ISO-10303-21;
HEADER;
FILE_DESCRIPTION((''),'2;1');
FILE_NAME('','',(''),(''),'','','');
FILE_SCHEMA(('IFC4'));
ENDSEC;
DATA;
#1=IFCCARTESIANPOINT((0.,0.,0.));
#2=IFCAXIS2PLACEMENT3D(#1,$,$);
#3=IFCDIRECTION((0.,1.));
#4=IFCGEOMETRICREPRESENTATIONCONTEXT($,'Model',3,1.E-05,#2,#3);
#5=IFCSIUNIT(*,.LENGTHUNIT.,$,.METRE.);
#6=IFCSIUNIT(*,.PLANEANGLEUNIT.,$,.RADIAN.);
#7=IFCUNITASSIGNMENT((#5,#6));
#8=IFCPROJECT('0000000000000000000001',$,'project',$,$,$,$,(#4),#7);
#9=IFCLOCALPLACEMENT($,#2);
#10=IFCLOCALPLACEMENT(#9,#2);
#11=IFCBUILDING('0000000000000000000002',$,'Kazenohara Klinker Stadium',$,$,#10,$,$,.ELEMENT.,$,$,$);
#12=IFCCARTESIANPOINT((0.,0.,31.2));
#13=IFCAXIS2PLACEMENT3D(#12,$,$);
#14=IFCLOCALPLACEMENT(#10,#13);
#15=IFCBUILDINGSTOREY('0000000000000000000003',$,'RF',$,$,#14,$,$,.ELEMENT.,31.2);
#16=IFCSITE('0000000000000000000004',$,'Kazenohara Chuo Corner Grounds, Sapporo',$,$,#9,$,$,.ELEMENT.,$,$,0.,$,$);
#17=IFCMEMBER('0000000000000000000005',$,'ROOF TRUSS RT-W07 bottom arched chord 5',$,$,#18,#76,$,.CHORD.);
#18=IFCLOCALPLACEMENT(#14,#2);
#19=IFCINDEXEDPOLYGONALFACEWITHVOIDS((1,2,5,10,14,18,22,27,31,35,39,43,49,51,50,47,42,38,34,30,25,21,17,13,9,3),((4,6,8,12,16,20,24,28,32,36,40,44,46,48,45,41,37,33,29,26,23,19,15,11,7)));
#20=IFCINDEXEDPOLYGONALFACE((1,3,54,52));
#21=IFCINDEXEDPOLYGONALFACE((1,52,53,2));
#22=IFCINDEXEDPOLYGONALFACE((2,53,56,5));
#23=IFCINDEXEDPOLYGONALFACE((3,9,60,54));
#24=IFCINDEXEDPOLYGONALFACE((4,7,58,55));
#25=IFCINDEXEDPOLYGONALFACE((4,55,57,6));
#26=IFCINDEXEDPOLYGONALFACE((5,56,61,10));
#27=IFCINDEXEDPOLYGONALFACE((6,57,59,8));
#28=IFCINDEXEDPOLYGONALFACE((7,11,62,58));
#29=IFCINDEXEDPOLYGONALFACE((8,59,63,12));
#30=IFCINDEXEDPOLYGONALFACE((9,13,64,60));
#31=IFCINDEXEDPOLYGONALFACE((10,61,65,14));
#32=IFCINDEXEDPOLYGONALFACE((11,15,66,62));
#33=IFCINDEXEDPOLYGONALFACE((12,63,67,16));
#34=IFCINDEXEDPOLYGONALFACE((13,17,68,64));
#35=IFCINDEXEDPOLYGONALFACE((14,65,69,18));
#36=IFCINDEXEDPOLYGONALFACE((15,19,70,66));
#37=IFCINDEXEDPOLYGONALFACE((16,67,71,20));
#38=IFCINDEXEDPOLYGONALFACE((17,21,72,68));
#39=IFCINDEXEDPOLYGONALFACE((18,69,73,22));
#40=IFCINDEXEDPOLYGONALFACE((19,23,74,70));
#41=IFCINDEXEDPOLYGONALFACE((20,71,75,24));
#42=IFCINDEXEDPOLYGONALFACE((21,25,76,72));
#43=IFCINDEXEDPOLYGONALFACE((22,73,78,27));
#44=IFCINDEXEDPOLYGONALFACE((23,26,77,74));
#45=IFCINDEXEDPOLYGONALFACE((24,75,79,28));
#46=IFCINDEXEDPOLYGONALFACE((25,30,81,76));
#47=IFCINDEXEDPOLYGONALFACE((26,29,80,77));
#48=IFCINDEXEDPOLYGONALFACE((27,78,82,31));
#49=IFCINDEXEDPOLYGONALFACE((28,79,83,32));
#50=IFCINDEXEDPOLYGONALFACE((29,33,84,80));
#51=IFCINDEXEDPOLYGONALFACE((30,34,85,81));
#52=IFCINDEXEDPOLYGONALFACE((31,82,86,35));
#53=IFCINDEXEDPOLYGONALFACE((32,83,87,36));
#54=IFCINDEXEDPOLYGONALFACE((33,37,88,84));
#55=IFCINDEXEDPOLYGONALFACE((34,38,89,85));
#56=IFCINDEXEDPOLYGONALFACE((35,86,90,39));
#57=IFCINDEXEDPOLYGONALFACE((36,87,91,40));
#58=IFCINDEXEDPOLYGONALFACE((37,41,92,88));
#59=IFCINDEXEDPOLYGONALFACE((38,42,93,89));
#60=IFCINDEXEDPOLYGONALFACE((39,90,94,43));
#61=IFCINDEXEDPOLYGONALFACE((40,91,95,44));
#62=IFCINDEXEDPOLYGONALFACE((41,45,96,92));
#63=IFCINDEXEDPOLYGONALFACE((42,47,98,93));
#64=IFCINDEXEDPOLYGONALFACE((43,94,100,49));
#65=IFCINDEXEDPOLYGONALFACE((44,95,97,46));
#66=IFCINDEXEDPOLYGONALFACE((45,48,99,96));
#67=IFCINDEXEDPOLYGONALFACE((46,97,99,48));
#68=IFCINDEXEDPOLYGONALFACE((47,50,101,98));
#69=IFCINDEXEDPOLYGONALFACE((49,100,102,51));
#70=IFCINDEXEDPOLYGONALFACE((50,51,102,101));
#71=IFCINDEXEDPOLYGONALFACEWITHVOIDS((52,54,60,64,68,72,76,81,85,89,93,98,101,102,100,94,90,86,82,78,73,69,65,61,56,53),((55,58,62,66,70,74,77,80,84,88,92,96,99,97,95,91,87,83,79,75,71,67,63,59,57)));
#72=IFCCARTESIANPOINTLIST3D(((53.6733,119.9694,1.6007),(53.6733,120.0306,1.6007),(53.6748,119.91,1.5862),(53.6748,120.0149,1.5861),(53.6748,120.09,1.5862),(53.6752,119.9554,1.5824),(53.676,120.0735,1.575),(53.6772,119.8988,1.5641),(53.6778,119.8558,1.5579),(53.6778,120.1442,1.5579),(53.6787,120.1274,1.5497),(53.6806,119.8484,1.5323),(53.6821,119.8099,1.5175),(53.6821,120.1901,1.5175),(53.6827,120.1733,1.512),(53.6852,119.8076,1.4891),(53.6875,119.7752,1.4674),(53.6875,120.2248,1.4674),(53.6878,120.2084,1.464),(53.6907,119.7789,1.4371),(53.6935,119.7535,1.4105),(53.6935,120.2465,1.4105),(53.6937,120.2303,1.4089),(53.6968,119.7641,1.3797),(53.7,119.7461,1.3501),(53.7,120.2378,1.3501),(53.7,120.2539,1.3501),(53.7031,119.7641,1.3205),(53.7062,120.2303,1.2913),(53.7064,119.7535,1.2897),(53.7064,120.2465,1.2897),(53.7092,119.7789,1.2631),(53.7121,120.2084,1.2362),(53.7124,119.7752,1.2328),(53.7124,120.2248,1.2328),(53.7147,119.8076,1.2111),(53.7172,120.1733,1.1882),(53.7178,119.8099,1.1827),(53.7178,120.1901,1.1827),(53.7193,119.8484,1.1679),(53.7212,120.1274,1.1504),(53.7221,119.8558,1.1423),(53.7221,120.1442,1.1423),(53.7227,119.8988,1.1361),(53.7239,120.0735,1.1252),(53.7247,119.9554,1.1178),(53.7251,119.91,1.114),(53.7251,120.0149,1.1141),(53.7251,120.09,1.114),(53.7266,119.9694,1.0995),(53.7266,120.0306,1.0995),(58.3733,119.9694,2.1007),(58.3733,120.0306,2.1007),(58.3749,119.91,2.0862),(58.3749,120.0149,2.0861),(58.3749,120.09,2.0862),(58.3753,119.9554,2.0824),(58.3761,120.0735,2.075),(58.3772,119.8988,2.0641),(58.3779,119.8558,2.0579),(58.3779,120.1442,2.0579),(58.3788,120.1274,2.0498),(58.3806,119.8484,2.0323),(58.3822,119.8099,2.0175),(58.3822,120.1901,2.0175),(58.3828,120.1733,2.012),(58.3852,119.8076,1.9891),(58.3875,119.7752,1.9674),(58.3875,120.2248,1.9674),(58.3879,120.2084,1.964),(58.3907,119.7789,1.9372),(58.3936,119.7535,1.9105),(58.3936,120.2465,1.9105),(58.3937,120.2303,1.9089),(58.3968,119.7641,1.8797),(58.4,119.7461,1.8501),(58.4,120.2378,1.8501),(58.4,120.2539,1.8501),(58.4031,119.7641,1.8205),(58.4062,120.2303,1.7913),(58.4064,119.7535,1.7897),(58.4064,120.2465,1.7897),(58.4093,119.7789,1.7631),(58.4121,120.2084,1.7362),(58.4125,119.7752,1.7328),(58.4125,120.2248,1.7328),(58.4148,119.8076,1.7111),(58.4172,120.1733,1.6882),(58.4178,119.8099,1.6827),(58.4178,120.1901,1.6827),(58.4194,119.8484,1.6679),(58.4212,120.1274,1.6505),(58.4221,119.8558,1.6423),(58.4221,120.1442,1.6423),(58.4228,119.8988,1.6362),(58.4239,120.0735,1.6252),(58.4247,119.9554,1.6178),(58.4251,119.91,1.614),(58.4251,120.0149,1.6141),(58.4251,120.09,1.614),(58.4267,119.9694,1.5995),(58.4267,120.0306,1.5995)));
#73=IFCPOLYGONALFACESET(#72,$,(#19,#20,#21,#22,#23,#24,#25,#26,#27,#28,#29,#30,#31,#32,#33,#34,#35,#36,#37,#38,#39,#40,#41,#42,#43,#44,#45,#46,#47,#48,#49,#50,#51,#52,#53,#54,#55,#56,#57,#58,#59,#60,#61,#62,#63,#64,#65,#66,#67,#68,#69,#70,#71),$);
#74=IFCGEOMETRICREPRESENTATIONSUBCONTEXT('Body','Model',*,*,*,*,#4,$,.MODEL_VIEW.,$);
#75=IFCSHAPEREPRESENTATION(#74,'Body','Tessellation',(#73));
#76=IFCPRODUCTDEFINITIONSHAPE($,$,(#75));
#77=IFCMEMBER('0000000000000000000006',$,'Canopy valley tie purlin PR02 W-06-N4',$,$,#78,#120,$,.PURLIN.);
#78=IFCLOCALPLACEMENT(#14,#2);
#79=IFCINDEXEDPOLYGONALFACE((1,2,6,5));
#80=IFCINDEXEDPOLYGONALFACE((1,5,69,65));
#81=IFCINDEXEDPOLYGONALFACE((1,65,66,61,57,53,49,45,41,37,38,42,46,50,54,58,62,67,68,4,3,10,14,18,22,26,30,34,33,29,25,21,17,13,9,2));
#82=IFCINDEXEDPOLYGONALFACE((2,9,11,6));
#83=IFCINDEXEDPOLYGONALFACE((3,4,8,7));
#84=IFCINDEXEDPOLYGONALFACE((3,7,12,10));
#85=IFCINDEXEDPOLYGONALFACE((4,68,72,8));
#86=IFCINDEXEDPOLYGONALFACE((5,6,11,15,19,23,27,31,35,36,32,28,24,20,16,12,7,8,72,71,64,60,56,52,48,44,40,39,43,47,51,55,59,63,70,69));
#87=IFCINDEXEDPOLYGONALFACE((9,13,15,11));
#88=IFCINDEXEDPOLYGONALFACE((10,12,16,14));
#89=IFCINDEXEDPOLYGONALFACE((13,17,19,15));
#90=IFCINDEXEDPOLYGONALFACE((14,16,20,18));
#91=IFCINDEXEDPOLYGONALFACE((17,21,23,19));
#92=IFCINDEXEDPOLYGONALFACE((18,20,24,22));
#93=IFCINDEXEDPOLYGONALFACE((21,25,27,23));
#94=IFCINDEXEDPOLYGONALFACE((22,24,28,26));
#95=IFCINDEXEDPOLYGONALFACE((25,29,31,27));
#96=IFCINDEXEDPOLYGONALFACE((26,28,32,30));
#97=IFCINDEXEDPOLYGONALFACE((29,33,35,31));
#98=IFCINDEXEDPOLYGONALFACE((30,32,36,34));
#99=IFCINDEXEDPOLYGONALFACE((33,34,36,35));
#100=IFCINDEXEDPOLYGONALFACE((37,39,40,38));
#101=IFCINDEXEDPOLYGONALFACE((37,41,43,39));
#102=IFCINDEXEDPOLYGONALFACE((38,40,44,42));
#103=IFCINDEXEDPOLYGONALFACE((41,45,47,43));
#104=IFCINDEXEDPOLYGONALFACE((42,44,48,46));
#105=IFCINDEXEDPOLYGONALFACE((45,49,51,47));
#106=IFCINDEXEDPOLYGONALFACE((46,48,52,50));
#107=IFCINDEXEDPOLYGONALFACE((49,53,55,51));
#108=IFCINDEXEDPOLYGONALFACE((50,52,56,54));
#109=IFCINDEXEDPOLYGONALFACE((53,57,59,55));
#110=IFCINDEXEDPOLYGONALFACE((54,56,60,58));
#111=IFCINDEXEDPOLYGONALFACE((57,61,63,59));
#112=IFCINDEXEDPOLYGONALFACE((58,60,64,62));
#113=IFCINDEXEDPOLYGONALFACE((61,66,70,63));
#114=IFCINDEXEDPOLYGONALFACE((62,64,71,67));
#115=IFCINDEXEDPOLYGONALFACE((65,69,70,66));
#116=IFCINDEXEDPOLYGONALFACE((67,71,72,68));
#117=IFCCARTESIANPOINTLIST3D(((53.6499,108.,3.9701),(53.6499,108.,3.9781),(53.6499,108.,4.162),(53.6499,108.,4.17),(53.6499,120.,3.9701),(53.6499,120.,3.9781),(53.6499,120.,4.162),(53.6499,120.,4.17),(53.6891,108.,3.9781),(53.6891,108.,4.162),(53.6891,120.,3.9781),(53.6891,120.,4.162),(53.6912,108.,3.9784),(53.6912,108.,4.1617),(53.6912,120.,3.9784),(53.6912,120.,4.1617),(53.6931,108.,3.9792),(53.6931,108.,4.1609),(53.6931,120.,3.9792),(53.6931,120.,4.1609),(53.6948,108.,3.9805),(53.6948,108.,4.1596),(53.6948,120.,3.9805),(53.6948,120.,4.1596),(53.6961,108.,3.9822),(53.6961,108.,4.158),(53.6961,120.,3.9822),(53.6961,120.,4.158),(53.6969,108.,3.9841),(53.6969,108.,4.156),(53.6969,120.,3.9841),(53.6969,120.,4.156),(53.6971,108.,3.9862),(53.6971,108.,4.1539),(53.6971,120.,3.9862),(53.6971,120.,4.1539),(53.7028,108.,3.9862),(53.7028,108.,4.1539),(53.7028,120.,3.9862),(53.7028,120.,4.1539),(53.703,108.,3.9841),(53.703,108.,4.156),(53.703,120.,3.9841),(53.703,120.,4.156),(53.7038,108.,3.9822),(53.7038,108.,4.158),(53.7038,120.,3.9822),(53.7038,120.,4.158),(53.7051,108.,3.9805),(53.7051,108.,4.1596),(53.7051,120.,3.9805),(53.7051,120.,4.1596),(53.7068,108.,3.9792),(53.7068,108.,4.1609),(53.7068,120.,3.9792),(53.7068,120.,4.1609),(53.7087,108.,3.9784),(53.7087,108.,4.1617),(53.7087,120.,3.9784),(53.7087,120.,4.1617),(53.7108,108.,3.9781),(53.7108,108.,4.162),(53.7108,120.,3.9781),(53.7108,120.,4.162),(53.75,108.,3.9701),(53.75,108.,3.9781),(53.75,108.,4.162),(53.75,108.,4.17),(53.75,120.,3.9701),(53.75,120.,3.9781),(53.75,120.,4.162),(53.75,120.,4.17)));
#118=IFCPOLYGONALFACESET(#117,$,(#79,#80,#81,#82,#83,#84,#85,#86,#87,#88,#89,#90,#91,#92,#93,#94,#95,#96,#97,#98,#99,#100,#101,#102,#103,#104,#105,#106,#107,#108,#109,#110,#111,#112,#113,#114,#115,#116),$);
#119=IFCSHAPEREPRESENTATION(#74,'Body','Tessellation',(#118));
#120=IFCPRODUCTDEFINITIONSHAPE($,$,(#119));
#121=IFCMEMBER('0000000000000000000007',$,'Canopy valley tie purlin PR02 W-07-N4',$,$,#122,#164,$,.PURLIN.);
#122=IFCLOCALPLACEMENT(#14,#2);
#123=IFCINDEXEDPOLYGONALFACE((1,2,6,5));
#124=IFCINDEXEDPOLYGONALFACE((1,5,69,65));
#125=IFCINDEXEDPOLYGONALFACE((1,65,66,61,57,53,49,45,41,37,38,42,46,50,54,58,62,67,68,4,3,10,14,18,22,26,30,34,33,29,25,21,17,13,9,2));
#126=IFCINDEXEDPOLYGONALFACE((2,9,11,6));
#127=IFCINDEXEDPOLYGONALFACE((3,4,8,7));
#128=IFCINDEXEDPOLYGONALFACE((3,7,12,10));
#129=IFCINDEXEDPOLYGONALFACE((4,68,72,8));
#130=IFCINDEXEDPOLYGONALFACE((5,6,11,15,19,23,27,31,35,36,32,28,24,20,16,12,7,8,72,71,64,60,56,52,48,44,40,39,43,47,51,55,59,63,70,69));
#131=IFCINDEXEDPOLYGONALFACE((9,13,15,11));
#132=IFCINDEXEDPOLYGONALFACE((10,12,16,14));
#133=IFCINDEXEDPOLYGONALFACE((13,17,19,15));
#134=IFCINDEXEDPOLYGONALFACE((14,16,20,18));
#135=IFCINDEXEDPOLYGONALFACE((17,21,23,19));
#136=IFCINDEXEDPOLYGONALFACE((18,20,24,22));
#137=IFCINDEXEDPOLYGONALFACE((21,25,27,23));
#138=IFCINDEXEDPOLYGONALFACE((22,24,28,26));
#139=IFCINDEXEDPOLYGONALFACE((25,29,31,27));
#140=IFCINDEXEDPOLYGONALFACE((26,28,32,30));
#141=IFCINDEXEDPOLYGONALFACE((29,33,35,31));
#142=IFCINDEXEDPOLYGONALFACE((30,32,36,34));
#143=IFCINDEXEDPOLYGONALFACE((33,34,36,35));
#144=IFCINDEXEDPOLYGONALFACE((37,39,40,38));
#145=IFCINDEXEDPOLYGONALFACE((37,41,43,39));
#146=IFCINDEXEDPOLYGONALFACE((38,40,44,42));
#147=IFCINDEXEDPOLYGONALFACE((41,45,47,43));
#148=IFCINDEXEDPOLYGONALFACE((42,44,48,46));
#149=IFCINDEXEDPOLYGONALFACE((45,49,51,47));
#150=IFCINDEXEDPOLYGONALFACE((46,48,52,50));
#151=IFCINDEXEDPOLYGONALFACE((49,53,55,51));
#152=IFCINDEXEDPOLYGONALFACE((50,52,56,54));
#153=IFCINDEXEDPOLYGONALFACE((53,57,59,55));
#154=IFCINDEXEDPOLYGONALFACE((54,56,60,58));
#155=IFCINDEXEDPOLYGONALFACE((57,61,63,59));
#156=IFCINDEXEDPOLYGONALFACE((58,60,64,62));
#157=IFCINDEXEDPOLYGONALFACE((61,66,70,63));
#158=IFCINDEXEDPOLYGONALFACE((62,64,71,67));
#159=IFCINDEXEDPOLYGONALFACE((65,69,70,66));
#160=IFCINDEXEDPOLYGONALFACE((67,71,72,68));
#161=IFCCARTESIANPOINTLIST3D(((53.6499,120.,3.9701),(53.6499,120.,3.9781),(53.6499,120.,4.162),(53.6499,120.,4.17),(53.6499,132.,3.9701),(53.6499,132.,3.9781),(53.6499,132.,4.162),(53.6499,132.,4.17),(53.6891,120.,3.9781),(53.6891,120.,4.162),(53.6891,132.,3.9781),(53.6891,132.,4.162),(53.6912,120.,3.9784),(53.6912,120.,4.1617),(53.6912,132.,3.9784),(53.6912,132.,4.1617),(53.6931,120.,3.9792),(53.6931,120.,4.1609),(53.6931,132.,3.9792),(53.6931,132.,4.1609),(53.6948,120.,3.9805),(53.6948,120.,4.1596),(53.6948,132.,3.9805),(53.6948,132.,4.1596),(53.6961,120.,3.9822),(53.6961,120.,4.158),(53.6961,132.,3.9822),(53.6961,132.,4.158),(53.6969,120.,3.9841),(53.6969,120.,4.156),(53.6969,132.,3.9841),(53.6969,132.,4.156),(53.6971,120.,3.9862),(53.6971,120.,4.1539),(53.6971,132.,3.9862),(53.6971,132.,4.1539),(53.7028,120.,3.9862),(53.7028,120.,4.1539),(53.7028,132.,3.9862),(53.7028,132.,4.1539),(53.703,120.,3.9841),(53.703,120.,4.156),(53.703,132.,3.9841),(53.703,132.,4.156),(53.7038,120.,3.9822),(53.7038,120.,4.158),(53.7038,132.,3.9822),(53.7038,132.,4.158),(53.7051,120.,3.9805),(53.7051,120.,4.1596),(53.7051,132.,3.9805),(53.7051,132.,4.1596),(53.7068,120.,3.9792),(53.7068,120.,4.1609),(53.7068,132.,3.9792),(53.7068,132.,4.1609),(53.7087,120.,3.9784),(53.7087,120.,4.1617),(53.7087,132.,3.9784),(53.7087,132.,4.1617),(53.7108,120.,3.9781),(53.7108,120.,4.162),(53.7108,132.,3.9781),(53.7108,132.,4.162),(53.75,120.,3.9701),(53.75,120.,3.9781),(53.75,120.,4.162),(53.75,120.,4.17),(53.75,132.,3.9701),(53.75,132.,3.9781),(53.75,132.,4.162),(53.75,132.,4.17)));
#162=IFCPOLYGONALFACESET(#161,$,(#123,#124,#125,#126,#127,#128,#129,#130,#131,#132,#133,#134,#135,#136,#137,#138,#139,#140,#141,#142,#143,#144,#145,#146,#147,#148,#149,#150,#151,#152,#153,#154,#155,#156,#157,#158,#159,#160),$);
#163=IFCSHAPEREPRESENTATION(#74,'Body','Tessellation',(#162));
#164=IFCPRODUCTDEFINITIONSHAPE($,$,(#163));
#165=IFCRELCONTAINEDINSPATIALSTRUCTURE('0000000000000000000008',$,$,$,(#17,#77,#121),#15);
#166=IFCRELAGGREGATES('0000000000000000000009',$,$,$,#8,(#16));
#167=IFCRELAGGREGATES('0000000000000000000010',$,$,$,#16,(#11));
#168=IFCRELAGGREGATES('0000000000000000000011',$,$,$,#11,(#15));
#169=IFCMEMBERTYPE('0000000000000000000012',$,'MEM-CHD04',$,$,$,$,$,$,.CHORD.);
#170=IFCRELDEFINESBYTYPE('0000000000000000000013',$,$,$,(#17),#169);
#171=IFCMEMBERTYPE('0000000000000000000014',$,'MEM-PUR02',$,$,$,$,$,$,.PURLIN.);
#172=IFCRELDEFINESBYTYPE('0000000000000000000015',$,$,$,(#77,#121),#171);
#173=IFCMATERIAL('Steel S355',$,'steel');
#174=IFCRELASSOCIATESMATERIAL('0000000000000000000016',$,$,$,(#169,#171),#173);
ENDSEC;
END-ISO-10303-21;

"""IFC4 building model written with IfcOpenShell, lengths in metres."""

from ifc_helpers import new_model, si_unit, direction, frame, origin, origin_2d, place, context, subcontext, project, spatial, hollow_circle, i_section, extrude, material, material_profile, profile_set, type_object, element, save


model = new_model("IFC4")

# Units and contexts
model_context = context("Model", 3, precision=1e-05, world=origin(), true_north=direction((0.0, 1.0)))
body_context = subcontext(model_context, "Body", "Model", "MODEL_VIEW")
ifc_project = project(units=[si_unit("LENGTHUNIT", "METRE"), si_unit("PLANEANGLEUNIT", "RADIAN")], contexts=[model_context])

# Site, building, storey
site_placement = place(None, origin())
site = spatial("IfcSite", under=ifc_project, at=site_placement, Name="Kazenohara Chuo Corner Grounds, Sapporo", CompositionType="ELEMENT", RefElevation=0.0)
building_placement = place(site_placement, origin())
building = spatial("IfcBuilding", under=site, at=building_placement, Name="Kazenohara Klinker Stadium", CompositionType="ELEMENT")
storey_placement = place(building_placement, frame((0.0, 0.0, 31.2)))
storey = spatial("IfcBuildingStorey", under=building, at=storey_placement, Name="RF", CompositionType="ELEMENT", Elevation=31.2)

# Members
ifc_material = material(Name="Steel S355", Category="steel")
ifc_material_profile_1 = material_profile(ifc_material, hollow_circle(Radius=0.2539, WallThickness=0.0161, at=origin_2d()), Name="CHS-508.0x16")
ifc_profile_set_1 = profile_set([ifc_material_profile_1], Name="Steel S355")
member_type_1 = type_object("IfcMemberType", Name="MEM-CHD04", PredefinedType="CHORD", material=ifc_profile_set_1)
member_1_placement = place(storey_placement, frame((53.7, 120.0, 1.3501), z_axis=(0.994389, 0.0, 0.105787), x_axis=(0.0, 1.0, 0.0)))
element("IfcMember", 1, at=member_1_placement, inside=storey, type_object=member_type_1, Name="ROOF TRUSS RT-W07 bottom arched chord 5", PredefinedType="CHORD", context=body_context, shape_type="SweptSolid", body=[
    extrude(hollow_circle(Radius=0.2539, WallThickness=0.0161, at=origin_2d()), origin(), (0.0, 0.0, 1.0), 4.7266),
])
ifc_material_profile_2 = material_profile(ifc_material, i_section(OverallWidth=0.1001, OverallDepth=0.2, WebThickness=0.0056, FlangeThickness=0.0081, FilletRadius=0.0081, at=origin_2d()), Name="H-200x100x5.5x8")
ifc_profile_set_2 = profile_set([ifc_material_profile_2], Name="Steel S355")
member_type_2 = type_object("IfcMemberType", Name="MEM-PUR02", PredefinedType="PURLIN", material=ifc_profile_set_2)
for number, where, z_axis, x_axis, name in (
    (2, (53.7, 108.0, 4.0701), (0.0, 1.0, 0.0), (-1.0, 0.0, 0.0), "Canopy valley tie purlin PR02 W-06-N4"),
    (3, (53.7, 120.0, 4.0701), (0.0, 1.0, 0.0), (-1.0, 0.0, 0.0), "Canopy valley tie purlin PR02 W-07-N4"),
):
    element("IfcMember", number, at=place(storey_placement, frame(where, z_axis=z_axis, x_axis=x_axis)), inside=storey, type_object=member_type_2, Name=name, PredefinedType="PURLIN", context=body_context, shape_type="SweptSolid", body=[
        extrude(i_section(OverallWidth=0.1001, OverallDepth=0.2, WebThickness=0.0056, FlangeThickness=0.0081, FilletRadius=0.0081, at=origin_2d()), origin(), (0.0, 0.0, 1.0), 12.0),
    ])

save(model, "model.ifc")
